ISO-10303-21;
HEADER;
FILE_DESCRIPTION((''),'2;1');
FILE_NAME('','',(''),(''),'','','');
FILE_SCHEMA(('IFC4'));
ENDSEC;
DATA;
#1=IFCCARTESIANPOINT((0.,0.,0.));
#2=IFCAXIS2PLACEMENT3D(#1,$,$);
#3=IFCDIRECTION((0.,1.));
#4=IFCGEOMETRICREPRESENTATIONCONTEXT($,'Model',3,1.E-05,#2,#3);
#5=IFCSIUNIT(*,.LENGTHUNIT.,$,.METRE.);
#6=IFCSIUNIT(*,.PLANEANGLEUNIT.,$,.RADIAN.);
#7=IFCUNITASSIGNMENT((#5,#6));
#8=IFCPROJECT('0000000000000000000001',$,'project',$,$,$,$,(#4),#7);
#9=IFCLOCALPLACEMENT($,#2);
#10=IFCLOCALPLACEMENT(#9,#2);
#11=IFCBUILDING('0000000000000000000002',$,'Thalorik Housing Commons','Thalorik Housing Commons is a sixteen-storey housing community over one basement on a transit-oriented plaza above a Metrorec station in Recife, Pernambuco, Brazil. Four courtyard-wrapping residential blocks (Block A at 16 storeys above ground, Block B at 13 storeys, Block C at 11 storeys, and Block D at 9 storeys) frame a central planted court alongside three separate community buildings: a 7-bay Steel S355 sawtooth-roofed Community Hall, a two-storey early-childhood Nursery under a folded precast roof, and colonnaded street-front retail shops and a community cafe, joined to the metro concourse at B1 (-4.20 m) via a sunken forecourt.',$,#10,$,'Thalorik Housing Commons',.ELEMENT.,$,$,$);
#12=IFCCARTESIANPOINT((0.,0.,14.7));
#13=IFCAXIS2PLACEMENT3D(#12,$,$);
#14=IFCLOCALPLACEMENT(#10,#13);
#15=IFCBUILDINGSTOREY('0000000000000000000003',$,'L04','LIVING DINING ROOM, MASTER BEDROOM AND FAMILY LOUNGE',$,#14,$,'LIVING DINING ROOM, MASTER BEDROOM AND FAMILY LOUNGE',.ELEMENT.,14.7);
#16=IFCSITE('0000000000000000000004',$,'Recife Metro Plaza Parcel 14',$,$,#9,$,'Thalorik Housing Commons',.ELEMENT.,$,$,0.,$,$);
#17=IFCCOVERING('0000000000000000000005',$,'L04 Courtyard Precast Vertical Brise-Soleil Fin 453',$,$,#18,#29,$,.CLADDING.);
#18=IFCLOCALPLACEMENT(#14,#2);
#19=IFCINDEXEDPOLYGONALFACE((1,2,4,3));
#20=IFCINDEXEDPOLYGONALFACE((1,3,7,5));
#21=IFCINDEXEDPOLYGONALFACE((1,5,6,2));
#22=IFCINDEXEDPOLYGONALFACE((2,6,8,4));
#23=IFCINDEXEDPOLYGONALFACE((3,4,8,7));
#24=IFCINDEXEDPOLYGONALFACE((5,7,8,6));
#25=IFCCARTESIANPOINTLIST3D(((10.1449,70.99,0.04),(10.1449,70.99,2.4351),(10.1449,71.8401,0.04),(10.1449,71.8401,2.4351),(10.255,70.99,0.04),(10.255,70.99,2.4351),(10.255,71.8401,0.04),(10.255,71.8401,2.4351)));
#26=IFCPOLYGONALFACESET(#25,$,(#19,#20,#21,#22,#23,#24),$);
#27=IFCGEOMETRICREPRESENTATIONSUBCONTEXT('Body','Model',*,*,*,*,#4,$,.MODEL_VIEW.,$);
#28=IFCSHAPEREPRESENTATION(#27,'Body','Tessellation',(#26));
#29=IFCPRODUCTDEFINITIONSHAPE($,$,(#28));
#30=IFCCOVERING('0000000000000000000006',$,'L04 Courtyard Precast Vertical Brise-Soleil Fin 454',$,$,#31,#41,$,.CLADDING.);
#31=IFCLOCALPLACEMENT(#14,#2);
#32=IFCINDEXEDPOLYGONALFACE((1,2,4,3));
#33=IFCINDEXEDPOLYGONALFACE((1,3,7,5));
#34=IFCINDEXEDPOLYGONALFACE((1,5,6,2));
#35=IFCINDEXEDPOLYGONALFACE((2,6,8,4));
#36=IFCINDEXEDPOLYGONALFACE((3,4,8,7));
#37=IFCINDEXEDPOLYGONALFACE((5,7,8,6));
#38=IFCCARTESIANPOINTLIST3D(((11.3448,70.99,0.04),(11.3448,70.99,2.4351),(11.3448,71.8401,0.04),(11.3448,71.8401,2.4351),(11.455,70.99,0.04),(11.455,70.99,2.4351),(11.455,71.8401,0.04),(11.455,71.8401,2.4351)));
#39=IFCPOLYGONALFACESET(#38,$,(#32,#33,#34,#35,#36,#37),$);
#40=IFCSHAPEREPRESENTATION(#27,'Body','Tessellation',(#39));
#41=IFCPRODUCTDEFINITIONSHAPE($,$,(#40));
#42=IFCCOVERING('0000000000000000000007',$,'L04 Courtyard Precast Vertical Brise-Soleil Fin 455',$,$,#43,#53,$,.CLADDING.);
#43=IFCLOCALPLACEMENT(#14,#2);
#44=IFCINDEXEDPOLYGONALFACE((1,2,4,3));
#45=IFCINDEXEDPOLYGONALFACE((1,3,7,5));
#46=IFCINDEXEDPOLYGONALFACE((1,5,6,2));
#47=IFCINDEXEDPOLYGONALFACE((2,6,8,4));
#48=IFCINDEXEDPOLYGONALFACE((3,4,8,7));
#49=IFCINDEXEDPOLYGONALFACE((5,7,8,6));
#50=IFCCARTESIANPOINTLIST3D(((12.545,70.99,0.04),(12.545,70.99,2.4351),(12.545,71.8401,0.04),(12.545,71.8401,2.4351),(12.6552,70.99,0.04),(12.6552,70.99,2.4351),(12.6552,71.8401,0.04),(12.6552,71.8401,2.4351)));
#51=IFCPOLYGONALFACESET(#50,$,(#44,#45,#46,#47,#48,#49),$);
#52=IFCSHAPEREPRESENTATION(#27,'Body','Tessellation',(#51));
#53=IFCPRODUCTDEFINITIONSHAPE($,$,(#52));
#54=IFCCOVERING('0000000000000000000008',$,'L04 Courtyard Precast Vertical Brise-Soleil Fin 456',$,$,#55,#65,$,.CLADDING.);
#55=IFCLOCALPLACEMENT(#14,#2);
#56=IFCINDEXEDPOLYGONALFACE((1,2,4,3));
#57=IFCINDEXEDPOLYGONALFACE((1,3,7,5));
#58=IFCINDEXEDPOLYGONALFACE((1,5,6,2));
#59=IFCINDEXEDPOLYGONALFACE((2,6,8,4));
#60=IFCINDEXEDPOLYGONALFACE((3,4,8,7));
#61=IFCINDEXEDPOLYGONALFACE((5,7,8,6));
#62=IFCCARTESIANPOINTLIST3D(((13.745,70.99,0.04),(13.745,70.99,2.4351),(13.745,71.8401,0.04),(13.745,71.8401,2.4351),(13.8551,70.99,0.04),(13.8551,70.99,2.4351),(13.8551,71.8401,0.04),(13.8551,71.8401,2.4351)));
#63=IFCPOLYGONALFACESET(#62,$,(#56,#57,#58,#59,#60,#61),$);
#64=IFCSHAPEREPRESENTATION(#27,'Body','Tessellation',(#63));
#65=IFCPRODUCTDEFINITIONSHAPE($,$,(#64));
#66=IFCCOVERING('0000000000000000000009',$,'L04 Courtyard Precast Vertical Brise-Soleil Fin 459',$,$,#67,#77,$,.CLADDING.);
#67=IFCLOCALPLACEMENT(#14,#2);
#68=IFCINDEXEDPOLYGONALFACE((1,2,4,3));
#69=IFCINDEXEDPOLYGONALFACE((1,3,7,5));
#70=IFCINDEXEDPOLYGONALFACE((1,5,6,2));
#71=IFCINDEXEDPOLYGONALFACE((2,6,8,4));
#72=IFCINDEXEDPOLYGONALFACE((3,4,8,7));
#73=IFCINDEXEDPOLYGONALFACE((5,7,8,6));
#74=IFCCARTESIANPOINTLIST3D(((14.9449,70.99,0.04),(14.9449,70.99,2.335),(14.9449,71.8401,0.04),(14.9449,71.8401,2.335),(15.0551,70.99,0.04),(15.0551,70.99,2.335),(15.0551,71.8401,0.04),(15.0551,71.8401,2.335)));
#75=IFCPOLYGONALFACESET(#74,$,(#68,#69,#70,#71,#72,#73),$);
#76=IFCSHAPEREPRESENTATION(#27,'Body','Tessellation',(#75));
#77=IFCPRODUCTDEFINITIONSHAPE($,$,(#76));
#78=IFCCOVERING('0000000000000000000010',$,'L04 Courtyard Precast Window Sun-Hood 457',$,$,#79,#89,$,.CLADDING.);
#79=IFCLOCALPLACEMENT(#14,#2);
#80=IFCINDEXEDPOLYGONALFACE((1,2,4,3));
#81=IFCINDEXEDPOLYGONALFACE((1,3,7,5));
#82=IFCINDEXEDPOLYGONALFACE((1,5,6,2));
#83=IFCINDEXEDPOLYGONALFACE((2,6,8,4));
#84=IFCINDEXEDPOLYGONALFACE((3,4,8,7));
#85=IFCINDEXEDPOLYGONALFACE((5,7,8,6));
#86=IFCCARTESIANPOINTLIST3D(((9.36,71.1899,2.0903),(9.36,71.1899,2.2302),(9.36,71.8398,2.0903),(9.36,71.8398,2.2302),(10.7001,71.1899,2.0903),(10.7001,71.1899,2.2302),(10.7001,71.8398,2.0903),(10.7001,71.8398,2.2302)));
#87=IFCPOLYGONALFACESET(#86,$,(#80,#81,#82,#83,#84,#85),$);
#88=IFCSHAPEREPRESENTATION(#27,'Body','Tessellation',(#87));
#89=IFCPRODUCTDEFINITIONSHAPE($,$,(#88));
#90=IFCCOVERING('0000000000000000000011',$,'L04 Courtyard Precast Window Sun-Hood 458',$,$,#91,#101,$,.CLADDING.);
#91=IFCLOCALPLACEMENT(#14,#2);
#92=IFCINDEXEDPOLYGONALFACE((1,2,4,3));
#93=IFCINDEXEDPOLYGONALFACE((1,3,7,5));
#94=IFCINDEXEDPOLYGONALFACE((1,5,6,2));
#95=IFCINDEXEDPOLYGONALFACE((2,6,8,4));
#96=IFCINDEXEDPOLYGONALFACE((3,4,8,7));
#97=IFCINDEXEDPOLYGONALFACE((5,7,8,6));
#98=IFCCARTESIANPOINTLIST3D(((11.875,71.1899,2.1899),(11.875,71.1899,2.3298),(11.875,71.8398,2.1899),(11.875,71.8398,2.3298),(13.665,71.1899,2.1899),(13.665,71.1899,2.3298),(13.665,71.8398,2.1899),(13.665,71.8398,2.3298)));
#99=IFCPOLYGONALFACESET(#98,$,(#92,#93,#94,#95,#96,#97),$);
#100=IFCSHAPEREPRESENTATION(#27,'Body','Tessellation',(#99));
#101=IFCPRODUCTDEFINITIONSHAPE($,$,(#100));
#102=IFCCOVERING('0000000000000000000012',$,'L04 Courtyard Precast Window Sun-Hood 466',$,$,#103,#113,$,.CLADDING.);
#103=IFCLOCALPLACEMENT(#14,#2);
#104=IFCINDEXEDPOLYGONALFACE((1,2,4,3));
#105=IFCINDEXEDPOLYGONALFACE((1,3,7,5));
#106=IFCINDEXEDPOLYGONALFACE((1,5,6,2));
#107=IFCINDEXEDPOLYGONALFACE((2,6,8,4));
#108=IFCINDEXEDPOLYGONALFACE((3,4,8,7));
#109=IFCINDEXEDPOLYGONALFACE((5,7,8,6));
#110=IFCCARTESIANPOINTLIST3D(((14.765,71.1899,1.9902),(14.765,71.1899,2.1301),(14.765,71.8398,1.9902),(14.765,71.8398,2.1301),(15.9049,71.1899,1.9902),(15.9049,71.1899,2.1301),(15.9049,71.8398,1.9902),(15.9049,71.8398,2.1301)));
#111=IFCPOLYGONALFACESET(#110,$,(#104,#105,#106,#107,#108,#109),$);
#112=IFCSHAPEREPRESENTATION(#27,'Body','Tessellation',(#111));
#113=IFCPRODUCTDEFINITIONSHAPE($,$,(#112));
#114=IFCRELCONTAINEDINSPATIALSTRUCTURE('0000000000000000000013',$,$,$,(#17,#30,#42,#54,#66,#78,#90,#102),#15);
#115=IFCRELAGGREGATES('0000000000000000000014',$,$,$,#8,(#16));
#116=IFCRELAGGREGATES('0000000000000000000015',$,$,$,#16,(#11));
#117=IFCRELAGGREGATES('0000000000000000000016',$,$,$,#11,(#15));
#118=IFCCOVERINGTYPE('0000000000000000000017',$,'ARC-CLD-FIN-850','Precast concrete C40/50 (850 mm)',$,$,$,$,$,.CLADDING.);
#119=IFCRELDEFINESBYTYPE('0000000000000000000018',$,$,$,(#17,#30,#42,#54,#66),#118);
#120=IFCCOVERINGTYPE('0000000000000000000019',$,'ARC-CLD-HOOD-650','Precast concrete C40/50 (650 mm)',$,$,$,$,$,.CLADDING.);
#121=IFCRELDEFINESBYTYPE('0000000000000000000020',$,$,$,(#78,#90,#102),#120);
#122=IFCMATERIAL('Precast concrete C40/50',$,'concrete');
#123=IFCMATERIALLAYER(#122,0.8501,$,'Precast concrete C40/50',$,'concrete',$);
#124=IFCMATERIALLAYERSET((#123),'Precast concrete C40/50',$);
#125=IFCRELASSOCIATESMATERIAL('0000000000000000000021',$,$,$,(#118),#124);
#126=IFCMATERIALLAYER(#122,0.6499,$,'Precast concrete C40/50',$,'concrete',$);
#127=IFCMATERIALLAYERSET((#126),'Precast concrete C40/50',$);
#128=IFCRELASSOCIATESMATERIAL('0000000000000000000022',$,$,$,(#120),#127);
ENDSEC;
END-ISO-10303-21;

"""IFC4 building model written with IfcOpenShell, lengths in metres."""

from ifc_helpers import new_model, si_unit, direction, frame, origin, origin_2d, place, context, subcontext, project, spatial, rectangle, extrude, material, layer, layer_set, type_object, element, save


model = new_model("IFC4")

# Units and contexts
model_context = context("Model", 3, precision=1e-05, world=origin(), true_north=direction((0.0, 1.0)))
body_context = subcontext(model_context, "Body", "Model", "MODEL_VIEW")
ifc_project = project(units=[si_unit("LENGTHUNIT", "METRE"), si_unit("PLANEANGLEUNIT", "RADIAN")], contexts=[model_context])

# Site, building, storey
site_placement = place(None, origin())
site = spatial("IfcSite", under=ifc_project, at=site_placement, Name="Recife Metro Plaza Parcel 14", LongName="Thalorik Housing Commons", CompositionType="ELEMENT", RefElevation=0.0)
building_placement = place(site_placement, origin())
building = spatial("IfcBuilding", under=site, at=building_placement, Name="Thalorik Housing Commons", Description="Thalorik Housing Commons is a sixteen-storey housing community over one basement on a transit-oriented plaza above a Metrorec station in Recife, Pernambuco, Brazil. Four courtyard-wrapping residential blocks (Block A at 16 storeys above ground, Block B at 13 storeys, Block C at 11 storeys, and Block D at 9 storeys) frame a central planted court alongside three separate community buildings: a 7-bay Steel S355 sawtooth-roofed Community Hall, a two-storey early-childhood Nursery under a folded precast roof, and colonnaded street-front retail shops and a community cafe, joined to the metro concourse at B1 (-4.20 m) via a sunken forecourt.", LongName="Thalorik Housing Commons", CompositionType="ELEMENT")
storey_placement = place(building_placement, frame((0.0, 0.0, 14.7)))
storey = spatial("IfcBuildingStorey", under=building, at=storey_placement, Name="L04", Description="LIVING DINING ROOM, MASTER BEDROOM AND FAMILY LOUNGE", LongName="LIVING DINING ROOM, MASTER BEDROOM AND FAMILY LOUNGE", CompositionType="ELEMENT", Elevation=14.7)

# Shared definitions
ifc_material_1 = material(Name="Precast concrete C40/50", Category="concrete")

# Coverings
ifc_layer_1 = layer(ifc_material_1, 0.8501, Name="Precast concrete C40/50", Category="concrete")
ifc_layer_set_1 = layer_set([ifc_layer_1], Name="Precast concrete C40/50")
covering_type_1 = type_object("IfcCoveringType", Name="ARC-CLD-FIN-850", Description="Precast concrete C40/50 (850 mm)", PredefinedType="CLADDING", material=ifc_layer_set_1)
for number, where, z_axis, x_axis, name in (
    (1, (10.2, 71.415, 0.04), (0.0, 0.0, 1.0), (1.0, 0.0, 0.0), "L04 Courtyard Precast Vertical Brise-Soleil Fin 453"),
    (2, (11.3999, 71.415, 0.04), (0.0, 0.0, 1.0), (1.0, 0.0, 0.0), "L04 Courtyard Precast Vertical Brise-Soleil Fin 454"),
    (3, (12.6001, 71.415, 0.04), (0.0, 0.0, 1.0), (1.0, 0.0, 0.0), "L04 Courtyard Precast Vertical Brise-Soleil Fin 455"),
    (4, (13.8, 71.415, 0.04), (0.0, 0.0, 1.0), (1.0, 0.0, 0.0), "L04 Courtyard Precast Vertical Brise-Soleil Fin 456"),
):
    element("IfcCovering", number, at=place(storey_placement, frame(where, z_axis=z_axis, x_axis=x_axis)), inside=storey, type_object=covering_type_1, Name=name, PredefinedType="CLADDING", context=body_context, shape_type="SweptSolid", body=[
        extrude(rectangle(XDim=0.1101, YDim=0.8501, at=origin_2d()), origin(), (0.0, 0.0, 1.0), 2.395),
    ])
covering_1_placement = place(storey_placement, frame((15.0, 71.415, 0.04), z_axis=(0.0, 0.0, 1.0), x_axis=(1.0, 0.0, 0.0)))
element("IfcCovering", 5, at=covering_1_placement, inside=storey, type_object=covering_type_1, Name="L04 Courtyard Precast Vertical Brise-Soleil Fin 459", PredefinedType="CLADDING", context=body_context, shape_type="SweptSolid", body=[
    extrude(rectangle(XDim=0.1101, YDim=0.8501, at=origin_2d()), origin(), (0.0, 0.0, 1.0), 2.2949),
])
ifc_layer_2 = layer(ifc_material_1, 0.6499, Name="Precast concrete C40/50", Category="concrete")
ifc_layer_set_2 = layer_set([ifc_layer_2], Name="Precast concrete C40/50")
covering_type_2 = type_object("IfcCoveringType", Name="ARC-CLD-HOOD-650", Description="Precast concrete C40/50 (650 mm)", PredefinedType="CLADDING", material=ifc_layer_set_2)
covering_2_placement = place(storey_placement, frame((10.03, 71.5149, 2.0903), z_axis=(0.0, 0.0, 1.0), x_axis=(1.0, 0.0, 0.0)))
element("IfcCovering", 6, at=covering_2_placement, inside=storey, type_object=covering_type_2, Name="L04 Courtyard Precast Window Sun-Hood 457", PredefinedType="CLADDING", context=body_context, shape_type="SweptSolid", body=[
    extrude(rectangle(XDim=1.3401, YDim=0.6499, at=origin_2d()), origin(), (0.0, 0.0, 1.0), 0.1399),
])
covering_3_placement = place(storey_placement, frame((12.77, 71.5149, 2.1899), z_axis=(0.0, 0.0, 1.0), x_axis=(1.0, 0.0, 0.0)))
element("IfcCovering", 7, at=covering_3_placement, inside=storey, type_object=covering_type_2, Name="L04 Courtyard Precast Window Sun-Hood 458", PredefinedType="CLADDING", context=body_context, shape_type="SweptSolid", body=[
    extrude(rectangle(XDim=1.79, YDim=0.6499, at=origin_2d()), origin(), (0.0, 0.0, 1.0), 0.1399),
])
covering_4_placement = place(storey_placement, frame((15.335, 71.5149, 1.9902), z_axis=(0.0, 0.0, 1.0), x_axis=(1.0, 0.0, 0.0)))
element("IfcCovering", 8, at=covering_4_placement, inside=storey, type_object=covering_type_2, Name="L04 Courtyard Precast Window Sun-Hood 466", PredefinedType="CLADDING", context=body_context, shape_type="SweptSolid", body=[
    extrude(rectangle(XDim=1.1399, YDim=0.6499, at=origin_2d()), origin(), (0.0, 0.0, 1.0), 0.1399),
])

save(model, "model.ifc")
